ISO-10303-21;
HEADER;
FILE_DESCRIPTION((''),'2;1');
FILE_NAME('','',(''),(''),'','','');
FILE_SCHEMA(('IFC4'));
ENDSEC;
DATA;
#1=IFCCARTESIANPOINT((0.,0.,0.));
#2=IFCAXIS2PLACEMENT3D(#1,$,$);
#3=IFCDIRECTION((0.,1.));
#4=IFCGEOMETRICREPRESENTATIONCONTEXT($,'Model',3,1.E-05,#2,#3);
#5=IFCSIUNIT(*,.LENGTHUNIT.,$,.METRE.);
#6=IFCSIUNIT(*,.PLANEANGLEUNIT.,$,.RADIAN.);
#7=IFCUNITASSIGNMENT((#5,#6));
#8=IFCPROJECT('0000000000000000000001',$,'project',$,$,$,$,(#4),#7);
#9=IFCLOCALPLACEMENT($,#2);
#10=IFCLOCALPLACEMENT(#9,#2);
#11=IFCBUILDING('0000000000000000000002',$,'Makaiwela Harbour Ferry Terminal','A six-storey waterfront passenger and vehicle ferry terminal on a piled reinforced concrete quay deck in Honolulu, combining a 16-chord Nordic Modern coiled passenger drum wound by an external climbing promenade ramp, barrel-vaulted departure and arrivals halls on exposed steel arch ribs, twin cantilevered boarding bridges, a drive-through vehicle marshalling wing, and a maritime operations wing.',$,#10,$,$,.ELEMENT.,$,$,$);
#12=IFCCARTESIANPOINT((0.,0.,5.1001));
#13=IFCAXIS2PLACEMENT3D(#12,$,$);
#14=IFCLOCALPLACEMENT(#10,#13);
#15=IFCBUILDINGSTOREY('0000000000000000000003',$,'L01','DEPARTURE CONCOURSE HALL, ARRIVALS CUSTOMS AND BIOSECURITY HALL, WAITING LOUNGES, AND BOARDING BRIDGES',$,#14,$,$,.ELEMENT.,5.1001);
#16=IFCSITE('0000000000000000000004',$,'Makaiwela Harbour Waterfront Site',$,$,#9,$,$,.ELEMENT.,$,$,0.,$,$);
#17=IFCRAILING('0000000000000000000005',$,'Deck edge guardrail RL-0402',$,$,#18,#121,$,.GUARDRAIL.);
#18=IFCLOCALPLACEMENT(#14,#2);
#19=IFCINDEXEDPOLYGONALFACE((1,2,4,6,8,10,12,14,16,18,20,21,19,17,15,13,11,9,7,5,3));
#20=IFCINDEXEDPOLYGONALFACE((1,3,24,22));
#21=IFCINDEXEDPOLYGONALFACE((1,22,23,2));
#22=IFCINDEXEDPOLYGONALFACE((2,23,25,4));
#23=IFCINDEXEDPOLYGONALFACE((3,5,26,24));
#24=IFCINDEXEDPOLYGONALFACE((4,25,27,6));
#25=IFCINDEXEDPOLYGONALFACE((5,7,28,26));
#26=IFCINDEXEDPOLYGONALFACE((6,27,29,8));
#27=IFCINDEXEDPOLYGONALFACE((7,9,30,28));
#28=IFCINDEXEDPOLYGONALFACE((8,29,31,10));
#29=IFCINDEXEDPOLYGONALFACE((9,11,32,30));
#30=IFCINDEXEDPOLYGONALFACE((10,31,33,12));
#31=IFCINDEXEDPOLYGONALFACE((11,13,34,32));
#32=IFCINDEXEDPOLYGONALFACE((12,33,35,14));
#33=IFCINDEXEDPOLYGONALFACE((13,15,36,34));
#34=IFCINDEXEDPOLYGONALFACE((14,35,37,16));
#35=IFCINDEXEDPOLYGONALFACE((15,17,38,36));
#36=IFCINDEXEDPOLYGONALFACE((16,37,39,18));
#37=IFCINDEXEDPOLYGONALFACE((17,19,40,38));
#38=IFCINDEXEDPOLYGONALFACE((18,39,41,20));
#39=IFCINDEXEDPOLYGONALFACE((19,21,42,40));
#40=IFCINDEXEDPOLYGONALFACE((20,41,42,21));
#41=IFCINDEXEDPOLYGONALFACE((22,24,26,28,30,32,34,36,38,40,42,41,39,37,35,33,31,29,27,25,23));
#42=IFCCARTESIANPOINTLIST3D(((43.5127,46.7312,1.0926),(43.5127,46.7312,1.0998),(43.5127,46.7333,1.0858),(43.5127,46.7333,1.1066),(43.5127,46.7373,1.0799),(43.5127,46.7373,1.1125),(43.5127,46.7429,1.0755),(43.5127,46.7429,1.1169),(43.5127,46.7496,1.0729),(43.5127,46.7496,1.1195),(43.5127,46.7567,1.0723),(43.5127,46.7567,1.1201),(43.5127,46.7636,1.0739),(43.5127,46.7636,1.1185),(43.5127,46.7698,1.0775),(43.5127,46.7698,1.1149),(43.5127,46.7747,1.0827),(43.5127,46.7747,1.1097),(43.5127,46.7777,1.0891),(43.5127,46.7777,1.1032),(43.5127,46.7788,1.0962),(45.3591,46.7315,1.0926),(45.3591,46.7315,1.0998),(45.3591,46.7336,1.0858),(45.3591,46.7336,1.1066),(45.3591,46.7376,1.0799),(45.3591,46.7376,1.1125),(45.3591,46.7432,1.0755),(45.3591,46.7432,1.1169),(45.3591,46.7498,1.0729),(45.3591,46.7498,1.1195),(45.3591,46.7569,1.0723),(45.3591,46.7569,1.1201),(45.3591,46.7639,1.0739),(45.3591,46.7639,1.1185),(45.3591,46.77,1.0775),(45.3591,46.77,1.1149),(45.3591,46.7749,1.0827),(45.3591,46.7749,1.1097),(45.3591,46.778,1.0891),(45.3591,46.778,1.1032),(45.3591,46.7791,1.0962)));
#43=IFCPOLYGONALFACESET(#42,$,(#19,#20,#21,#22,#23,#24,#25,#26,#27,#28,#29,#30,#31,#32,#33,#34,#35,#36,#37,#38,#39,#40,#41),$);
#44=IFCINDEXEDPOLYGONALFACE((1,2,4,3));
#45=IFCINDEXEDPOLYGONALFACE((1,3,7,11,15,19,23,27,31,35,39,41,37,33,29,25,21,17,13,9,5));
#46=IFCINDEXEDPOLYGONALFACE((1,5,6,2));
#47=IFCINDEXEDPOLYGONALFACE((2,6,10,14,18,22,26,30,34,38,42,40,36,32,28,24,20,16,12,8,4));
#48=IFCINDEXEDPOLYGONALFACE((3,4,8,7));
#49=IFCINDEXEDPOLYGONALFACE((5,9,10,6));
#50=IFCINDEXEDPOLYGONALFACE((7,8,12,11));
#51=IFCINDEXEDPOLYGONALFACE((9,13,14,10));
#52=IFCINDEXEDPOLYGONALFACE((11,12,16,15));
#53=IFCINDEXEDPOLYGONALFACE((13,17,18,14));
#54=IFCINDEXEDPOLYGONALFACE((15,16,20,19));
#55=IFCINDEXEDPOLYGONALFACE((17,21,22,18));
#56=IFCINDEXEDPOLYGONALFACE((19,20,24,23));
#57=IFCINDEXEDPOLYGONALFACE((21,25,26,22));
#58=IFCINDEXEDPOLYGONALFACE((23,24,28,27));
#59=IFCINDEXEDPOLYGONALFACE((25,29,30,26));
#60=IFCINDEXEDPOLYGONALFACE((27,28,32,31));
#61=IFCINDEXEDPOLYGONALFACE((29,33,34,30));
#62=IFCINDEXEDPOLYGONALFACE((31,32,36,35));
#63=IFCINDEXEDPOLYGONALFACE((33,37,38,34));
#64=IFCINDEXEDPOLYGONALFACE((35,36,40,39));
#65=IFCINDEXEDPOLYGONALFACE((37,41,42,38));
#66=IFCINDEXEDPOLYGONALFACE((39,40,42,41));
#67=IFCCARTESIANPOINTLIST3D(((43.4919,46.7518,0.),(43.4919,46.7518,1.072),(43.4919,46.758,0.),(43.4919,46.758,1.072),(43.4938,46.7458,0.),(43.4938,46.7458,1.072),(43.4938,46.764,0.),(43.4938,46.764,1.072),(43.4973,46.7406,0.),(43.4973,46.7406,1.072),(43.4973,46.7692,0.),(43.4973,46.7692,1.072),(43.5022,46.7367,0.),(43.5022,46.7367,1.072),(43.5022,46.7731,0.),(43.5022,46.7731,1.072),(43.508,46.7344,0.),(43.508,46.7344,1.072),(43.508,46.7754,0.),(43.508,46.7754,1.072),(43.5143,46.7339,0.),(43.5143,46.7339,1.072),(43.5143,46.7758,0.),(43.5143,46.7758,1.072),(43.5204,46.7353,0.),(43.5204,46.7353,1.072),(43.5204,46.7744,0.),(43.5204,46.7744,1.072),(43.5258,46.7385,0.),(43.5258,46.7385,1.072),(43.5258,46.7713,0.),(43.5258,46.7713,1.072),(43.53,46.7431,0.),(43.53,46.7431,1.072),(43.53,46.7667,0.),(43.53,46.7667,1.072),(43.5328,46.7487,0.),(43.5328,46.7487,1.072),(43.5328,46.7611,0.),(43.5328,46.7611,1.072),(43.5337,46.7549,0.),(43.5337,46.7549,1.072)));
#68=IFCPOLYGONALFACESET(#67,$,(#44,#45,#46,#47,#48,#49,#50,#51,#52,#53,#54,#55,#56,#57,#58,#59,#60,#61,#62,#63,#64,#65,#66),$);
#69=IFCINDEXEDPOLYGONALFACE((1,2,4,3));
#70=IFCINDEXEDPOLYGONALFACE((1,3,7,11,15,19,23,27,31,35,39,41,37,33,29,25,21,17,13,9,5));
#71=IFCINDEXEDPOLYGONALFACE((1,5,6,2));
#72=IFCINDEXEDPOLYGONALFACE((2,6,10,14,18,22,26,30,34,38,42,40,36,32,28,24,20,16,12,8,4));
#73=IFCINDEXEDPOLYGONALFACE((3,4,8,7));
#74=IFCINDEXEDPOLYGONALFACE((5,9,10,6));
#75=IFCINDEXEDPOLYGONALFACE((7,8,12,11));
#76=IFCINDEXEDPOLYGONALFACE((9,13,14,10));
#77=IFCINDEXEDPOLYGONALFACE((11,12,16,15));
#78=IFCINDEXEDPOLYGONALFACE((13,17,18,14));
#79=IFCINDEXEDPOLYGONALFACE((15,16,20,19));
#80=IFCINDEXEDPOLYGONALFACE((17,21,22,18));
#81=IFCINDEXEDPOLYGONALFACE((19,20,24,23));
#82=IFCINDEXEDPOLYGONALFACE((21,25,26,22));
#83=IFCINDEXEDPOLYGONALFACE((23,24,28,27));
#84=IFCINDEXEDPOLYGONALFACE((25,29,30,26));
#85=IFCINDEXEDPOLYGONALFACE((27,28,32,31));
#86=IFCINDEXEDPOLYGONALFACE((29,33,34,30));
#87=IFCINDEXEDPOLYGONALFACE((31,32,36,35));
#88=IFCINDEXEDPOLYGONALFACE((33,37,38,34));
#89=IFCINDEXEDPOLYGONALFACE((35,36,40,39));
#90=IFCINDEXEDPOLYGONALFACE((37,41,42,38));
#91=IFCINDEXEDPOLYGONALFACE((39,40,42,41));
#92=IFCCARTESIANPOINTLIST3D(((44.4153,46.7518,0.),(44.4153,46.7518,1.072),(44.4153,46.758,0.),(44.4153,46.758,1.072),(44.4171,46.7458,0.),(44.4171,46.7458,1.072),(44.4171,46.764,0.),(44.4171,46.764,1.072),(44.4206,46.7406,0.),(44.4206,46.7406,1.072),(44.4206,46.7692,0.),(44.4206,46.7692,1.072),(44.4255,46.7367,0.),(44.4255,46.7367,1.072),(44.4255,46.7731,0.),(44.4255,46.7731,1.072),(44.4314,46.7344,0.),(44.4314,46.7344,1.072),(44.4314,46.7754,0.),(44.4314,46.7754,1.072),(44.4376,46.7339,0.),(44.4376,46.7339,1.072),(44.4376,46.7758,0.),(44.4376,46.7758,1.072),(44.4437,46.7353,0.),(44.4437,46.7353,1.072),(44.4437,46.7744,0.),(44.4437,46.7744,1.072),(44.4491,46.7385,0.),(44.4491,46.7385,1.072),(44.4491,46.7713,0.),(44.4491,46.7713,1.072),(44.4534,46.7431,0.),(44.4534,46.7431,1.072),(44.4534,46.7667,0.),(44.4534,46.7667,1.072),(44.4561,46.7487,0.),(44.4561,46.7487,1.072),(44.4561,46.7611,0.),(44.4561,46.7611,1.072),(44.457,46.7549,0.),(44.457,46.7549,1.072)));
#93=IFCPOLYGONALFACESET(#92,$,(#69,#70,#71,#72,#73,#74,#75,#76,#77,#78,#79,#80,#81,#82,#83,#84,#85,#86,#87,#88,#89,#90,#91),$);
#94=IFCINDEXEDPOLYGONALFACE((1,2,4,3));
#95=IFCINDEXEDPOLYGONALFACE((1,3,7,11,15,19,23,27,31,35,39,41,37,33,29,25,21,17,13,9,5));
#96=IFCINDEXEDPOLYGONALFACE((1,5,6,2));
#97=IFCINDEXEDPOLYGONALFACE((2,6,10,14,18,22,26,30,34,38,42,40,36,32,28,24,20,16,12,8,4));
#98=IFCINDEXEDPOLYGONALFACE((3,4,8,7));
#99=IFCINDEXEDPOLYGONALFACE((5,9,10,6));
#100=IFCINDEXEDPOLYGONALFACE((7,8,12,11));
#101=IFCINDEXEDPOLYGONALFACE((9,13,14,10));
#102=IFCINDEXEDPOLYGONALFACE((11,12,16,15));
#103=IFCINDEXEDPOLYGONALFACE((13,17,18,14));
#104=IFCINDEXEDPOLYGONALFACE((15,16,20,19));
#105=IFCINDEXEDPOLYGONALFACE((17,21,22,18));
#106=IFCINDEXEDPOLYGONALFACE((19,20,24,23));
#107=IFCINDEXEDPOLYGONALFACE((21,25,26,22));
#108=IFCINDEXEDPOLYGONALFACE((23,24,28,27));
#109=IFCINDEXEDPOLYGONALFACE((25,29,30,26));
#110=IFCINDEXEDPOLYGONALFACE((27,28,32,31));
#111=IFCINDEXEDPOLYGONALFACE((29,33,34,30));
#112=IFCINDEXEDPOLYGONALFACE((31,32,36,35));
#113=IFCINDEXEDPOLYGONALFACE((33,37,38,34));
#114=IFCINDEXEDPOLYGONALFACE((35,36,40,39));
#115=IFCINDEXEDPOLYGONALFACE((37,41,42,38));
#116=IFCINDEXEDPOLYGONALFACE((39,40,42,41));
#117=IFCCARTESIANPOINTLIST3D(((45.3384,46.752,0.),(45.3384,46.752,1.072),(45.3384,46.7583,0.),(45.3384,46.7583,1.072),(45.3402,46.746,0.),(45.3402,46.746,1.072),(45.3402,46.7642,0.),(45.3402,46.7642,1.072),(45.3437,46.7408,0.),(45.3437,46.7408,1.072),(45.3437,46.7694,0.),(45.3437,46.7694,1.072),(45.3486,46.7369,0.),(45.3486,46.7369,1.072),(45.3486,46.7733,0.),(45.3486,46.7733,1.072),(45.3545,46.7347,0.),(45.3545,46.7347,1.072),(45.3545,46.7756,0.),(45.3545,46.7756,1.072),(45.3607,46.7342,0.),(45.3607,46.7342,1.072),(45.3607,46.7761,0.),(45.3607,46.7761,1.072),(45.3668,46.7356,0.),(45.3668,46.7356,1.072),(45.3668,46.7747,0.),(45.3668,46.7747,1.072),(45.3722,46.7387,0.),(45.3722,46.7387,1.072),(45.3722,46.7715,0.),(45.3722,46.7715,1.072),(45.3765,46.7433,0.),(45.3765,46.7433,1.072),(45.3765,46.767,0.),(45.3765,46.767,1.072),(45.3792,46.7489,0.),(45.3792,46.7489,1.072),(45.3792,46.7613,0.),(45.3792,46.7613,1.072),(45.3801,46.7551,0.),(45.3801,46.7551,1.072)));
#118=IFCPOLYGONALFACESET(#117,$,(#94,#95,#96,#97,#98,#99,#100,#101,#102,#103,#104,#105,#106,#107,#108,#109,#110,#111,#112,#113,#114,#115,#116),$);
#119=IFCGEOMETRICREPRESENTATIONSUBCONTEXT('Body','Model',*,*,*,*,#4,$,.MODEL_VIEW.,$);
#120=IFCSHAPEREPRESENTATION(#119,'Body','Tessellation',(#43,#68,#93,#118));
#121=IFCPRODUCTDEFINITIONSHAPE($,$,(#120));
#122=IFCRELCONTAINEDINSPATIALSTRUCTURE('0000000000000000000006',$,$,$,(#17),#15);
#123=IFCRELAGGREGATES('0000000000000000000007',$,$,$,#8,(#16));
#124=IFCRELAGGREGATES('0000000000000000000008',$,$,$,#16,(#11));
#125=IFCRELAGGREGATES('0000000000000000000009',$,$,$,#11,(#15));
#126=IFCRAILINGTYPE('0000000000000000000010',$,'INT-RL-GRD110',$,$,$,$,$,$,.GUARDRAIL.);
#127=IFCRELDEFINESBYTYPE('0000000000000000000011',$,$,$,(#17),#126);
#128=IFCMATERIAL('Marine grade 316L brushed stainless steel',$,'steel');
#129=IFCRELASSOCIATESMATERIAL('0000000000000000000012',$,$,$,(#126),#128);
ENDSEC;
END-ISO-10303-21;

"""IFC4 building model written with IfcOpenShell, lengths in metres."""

from ifc_helpers import new_model, si_unit, direction, frame, origin, origin_2d, place, context, subcontext, project, spatial, circle, extrude, material, type_object, element, save


model = new_model("IFC4")

# Units and contexts
model_context = context("Model", 3, precision=1e-05, world=origin(), true_north=direction((0.0, 1.0)))
body_context = subcontext(model_context, "Body", "Model", "MODEL_VIEW")
ifc_project = project(units=[si_unit("LENGTHUNIT", "METRE"), si_unit("PLANEANGLEUNIT", "RADIAN")], contexts=[model_context])

# Site, building, storey
site_placement = place(None, origin())
site = spatial("IfcSite", under=ifc_project, at=site_placement, Name="Makaiwela Harbour Waterfront Site", CompositionType="ELEMENT", RefElevation=0.0)
building_placement = place(site_placement, origin())
building = spatial("IfcBuilding", under=site, at=building_placement, Name="Makaiwela Harbour Ferry Terminal", Description="A six-storey waterfront passenger and vehicle ferry terminal on a piled reinforced concrete quay deck in Honolulu, combining a 16-chord Nordic Modern coiled passenger drum wound by an external climbing promenade ramp, barrel-vaulted departure and arrivals halls on exposed steel arch ribs, twin cantilevered boarding bridges, a drive-through vehicle marshalling wing, and a maritime operations wing.", CompositionType="ELEMENT")
storey_placement = place(building_placement, frame((0.0, 0.0, 5.1001)))
storey = spatial("IfcBuildingStorey", under=building, at=storey_placement, Name="L01", Description="DEPARTURE CONCOURSE HALL, ARRIVALS CUSTOMS AND BIOSECURITY HALL, WAITING LOUNGES, AND BOARDING BRIDGES", CompositionType="ELEMENT", Elevation=5.1001)

# Railing
ifc_material_1 = material(Name="Marine grade 316L brushed stainless steel", Category="steel")
railing_type = type_object("IfcRailingType", Name="INT-RL-GRD110", PredefinedType="GUARDRAIL", material=ifc_material_1)
railing_1_placement = place(storey_placement, frame((43.5127, 46.7549, 0.0)))
element("IfcRailing", 1, at=railing_1_placement, inside=storey, type_object=railing_type, Name="Deck edge guardrail RL-0402", PredefinedType="GUARDRAIL", context=body_context, shape_type="SweptSolid", body=[
    extrude(circle(Radius=0.0239, at=origin_2d()), frame((0.0, 0.0, 1.0962), z_axis=(1.0, 0.000132, 0.0), x_axis=(-0.000132, 1.0, 0.0)), (0.0, 0.0, 1.0), 1.8464),
    extrude(circle(Radius=0.021, at=origin_2d()), origin(), (0.0, 0.0, 1.0), 1.072),
    extrude(circle(Radius=0.021, at=origin_2d()), frame((0.9233, 0.0, 0.0)), (0.0, 0.0, 1.0), 1.072),
    extrude(circle(Radius=0.021, at=origin_2d()), frame((1.8464, 0.0002, 0.0)), (0.0, 0.0, 1.0), 1.072),
])

save(model, "model.ifc")
